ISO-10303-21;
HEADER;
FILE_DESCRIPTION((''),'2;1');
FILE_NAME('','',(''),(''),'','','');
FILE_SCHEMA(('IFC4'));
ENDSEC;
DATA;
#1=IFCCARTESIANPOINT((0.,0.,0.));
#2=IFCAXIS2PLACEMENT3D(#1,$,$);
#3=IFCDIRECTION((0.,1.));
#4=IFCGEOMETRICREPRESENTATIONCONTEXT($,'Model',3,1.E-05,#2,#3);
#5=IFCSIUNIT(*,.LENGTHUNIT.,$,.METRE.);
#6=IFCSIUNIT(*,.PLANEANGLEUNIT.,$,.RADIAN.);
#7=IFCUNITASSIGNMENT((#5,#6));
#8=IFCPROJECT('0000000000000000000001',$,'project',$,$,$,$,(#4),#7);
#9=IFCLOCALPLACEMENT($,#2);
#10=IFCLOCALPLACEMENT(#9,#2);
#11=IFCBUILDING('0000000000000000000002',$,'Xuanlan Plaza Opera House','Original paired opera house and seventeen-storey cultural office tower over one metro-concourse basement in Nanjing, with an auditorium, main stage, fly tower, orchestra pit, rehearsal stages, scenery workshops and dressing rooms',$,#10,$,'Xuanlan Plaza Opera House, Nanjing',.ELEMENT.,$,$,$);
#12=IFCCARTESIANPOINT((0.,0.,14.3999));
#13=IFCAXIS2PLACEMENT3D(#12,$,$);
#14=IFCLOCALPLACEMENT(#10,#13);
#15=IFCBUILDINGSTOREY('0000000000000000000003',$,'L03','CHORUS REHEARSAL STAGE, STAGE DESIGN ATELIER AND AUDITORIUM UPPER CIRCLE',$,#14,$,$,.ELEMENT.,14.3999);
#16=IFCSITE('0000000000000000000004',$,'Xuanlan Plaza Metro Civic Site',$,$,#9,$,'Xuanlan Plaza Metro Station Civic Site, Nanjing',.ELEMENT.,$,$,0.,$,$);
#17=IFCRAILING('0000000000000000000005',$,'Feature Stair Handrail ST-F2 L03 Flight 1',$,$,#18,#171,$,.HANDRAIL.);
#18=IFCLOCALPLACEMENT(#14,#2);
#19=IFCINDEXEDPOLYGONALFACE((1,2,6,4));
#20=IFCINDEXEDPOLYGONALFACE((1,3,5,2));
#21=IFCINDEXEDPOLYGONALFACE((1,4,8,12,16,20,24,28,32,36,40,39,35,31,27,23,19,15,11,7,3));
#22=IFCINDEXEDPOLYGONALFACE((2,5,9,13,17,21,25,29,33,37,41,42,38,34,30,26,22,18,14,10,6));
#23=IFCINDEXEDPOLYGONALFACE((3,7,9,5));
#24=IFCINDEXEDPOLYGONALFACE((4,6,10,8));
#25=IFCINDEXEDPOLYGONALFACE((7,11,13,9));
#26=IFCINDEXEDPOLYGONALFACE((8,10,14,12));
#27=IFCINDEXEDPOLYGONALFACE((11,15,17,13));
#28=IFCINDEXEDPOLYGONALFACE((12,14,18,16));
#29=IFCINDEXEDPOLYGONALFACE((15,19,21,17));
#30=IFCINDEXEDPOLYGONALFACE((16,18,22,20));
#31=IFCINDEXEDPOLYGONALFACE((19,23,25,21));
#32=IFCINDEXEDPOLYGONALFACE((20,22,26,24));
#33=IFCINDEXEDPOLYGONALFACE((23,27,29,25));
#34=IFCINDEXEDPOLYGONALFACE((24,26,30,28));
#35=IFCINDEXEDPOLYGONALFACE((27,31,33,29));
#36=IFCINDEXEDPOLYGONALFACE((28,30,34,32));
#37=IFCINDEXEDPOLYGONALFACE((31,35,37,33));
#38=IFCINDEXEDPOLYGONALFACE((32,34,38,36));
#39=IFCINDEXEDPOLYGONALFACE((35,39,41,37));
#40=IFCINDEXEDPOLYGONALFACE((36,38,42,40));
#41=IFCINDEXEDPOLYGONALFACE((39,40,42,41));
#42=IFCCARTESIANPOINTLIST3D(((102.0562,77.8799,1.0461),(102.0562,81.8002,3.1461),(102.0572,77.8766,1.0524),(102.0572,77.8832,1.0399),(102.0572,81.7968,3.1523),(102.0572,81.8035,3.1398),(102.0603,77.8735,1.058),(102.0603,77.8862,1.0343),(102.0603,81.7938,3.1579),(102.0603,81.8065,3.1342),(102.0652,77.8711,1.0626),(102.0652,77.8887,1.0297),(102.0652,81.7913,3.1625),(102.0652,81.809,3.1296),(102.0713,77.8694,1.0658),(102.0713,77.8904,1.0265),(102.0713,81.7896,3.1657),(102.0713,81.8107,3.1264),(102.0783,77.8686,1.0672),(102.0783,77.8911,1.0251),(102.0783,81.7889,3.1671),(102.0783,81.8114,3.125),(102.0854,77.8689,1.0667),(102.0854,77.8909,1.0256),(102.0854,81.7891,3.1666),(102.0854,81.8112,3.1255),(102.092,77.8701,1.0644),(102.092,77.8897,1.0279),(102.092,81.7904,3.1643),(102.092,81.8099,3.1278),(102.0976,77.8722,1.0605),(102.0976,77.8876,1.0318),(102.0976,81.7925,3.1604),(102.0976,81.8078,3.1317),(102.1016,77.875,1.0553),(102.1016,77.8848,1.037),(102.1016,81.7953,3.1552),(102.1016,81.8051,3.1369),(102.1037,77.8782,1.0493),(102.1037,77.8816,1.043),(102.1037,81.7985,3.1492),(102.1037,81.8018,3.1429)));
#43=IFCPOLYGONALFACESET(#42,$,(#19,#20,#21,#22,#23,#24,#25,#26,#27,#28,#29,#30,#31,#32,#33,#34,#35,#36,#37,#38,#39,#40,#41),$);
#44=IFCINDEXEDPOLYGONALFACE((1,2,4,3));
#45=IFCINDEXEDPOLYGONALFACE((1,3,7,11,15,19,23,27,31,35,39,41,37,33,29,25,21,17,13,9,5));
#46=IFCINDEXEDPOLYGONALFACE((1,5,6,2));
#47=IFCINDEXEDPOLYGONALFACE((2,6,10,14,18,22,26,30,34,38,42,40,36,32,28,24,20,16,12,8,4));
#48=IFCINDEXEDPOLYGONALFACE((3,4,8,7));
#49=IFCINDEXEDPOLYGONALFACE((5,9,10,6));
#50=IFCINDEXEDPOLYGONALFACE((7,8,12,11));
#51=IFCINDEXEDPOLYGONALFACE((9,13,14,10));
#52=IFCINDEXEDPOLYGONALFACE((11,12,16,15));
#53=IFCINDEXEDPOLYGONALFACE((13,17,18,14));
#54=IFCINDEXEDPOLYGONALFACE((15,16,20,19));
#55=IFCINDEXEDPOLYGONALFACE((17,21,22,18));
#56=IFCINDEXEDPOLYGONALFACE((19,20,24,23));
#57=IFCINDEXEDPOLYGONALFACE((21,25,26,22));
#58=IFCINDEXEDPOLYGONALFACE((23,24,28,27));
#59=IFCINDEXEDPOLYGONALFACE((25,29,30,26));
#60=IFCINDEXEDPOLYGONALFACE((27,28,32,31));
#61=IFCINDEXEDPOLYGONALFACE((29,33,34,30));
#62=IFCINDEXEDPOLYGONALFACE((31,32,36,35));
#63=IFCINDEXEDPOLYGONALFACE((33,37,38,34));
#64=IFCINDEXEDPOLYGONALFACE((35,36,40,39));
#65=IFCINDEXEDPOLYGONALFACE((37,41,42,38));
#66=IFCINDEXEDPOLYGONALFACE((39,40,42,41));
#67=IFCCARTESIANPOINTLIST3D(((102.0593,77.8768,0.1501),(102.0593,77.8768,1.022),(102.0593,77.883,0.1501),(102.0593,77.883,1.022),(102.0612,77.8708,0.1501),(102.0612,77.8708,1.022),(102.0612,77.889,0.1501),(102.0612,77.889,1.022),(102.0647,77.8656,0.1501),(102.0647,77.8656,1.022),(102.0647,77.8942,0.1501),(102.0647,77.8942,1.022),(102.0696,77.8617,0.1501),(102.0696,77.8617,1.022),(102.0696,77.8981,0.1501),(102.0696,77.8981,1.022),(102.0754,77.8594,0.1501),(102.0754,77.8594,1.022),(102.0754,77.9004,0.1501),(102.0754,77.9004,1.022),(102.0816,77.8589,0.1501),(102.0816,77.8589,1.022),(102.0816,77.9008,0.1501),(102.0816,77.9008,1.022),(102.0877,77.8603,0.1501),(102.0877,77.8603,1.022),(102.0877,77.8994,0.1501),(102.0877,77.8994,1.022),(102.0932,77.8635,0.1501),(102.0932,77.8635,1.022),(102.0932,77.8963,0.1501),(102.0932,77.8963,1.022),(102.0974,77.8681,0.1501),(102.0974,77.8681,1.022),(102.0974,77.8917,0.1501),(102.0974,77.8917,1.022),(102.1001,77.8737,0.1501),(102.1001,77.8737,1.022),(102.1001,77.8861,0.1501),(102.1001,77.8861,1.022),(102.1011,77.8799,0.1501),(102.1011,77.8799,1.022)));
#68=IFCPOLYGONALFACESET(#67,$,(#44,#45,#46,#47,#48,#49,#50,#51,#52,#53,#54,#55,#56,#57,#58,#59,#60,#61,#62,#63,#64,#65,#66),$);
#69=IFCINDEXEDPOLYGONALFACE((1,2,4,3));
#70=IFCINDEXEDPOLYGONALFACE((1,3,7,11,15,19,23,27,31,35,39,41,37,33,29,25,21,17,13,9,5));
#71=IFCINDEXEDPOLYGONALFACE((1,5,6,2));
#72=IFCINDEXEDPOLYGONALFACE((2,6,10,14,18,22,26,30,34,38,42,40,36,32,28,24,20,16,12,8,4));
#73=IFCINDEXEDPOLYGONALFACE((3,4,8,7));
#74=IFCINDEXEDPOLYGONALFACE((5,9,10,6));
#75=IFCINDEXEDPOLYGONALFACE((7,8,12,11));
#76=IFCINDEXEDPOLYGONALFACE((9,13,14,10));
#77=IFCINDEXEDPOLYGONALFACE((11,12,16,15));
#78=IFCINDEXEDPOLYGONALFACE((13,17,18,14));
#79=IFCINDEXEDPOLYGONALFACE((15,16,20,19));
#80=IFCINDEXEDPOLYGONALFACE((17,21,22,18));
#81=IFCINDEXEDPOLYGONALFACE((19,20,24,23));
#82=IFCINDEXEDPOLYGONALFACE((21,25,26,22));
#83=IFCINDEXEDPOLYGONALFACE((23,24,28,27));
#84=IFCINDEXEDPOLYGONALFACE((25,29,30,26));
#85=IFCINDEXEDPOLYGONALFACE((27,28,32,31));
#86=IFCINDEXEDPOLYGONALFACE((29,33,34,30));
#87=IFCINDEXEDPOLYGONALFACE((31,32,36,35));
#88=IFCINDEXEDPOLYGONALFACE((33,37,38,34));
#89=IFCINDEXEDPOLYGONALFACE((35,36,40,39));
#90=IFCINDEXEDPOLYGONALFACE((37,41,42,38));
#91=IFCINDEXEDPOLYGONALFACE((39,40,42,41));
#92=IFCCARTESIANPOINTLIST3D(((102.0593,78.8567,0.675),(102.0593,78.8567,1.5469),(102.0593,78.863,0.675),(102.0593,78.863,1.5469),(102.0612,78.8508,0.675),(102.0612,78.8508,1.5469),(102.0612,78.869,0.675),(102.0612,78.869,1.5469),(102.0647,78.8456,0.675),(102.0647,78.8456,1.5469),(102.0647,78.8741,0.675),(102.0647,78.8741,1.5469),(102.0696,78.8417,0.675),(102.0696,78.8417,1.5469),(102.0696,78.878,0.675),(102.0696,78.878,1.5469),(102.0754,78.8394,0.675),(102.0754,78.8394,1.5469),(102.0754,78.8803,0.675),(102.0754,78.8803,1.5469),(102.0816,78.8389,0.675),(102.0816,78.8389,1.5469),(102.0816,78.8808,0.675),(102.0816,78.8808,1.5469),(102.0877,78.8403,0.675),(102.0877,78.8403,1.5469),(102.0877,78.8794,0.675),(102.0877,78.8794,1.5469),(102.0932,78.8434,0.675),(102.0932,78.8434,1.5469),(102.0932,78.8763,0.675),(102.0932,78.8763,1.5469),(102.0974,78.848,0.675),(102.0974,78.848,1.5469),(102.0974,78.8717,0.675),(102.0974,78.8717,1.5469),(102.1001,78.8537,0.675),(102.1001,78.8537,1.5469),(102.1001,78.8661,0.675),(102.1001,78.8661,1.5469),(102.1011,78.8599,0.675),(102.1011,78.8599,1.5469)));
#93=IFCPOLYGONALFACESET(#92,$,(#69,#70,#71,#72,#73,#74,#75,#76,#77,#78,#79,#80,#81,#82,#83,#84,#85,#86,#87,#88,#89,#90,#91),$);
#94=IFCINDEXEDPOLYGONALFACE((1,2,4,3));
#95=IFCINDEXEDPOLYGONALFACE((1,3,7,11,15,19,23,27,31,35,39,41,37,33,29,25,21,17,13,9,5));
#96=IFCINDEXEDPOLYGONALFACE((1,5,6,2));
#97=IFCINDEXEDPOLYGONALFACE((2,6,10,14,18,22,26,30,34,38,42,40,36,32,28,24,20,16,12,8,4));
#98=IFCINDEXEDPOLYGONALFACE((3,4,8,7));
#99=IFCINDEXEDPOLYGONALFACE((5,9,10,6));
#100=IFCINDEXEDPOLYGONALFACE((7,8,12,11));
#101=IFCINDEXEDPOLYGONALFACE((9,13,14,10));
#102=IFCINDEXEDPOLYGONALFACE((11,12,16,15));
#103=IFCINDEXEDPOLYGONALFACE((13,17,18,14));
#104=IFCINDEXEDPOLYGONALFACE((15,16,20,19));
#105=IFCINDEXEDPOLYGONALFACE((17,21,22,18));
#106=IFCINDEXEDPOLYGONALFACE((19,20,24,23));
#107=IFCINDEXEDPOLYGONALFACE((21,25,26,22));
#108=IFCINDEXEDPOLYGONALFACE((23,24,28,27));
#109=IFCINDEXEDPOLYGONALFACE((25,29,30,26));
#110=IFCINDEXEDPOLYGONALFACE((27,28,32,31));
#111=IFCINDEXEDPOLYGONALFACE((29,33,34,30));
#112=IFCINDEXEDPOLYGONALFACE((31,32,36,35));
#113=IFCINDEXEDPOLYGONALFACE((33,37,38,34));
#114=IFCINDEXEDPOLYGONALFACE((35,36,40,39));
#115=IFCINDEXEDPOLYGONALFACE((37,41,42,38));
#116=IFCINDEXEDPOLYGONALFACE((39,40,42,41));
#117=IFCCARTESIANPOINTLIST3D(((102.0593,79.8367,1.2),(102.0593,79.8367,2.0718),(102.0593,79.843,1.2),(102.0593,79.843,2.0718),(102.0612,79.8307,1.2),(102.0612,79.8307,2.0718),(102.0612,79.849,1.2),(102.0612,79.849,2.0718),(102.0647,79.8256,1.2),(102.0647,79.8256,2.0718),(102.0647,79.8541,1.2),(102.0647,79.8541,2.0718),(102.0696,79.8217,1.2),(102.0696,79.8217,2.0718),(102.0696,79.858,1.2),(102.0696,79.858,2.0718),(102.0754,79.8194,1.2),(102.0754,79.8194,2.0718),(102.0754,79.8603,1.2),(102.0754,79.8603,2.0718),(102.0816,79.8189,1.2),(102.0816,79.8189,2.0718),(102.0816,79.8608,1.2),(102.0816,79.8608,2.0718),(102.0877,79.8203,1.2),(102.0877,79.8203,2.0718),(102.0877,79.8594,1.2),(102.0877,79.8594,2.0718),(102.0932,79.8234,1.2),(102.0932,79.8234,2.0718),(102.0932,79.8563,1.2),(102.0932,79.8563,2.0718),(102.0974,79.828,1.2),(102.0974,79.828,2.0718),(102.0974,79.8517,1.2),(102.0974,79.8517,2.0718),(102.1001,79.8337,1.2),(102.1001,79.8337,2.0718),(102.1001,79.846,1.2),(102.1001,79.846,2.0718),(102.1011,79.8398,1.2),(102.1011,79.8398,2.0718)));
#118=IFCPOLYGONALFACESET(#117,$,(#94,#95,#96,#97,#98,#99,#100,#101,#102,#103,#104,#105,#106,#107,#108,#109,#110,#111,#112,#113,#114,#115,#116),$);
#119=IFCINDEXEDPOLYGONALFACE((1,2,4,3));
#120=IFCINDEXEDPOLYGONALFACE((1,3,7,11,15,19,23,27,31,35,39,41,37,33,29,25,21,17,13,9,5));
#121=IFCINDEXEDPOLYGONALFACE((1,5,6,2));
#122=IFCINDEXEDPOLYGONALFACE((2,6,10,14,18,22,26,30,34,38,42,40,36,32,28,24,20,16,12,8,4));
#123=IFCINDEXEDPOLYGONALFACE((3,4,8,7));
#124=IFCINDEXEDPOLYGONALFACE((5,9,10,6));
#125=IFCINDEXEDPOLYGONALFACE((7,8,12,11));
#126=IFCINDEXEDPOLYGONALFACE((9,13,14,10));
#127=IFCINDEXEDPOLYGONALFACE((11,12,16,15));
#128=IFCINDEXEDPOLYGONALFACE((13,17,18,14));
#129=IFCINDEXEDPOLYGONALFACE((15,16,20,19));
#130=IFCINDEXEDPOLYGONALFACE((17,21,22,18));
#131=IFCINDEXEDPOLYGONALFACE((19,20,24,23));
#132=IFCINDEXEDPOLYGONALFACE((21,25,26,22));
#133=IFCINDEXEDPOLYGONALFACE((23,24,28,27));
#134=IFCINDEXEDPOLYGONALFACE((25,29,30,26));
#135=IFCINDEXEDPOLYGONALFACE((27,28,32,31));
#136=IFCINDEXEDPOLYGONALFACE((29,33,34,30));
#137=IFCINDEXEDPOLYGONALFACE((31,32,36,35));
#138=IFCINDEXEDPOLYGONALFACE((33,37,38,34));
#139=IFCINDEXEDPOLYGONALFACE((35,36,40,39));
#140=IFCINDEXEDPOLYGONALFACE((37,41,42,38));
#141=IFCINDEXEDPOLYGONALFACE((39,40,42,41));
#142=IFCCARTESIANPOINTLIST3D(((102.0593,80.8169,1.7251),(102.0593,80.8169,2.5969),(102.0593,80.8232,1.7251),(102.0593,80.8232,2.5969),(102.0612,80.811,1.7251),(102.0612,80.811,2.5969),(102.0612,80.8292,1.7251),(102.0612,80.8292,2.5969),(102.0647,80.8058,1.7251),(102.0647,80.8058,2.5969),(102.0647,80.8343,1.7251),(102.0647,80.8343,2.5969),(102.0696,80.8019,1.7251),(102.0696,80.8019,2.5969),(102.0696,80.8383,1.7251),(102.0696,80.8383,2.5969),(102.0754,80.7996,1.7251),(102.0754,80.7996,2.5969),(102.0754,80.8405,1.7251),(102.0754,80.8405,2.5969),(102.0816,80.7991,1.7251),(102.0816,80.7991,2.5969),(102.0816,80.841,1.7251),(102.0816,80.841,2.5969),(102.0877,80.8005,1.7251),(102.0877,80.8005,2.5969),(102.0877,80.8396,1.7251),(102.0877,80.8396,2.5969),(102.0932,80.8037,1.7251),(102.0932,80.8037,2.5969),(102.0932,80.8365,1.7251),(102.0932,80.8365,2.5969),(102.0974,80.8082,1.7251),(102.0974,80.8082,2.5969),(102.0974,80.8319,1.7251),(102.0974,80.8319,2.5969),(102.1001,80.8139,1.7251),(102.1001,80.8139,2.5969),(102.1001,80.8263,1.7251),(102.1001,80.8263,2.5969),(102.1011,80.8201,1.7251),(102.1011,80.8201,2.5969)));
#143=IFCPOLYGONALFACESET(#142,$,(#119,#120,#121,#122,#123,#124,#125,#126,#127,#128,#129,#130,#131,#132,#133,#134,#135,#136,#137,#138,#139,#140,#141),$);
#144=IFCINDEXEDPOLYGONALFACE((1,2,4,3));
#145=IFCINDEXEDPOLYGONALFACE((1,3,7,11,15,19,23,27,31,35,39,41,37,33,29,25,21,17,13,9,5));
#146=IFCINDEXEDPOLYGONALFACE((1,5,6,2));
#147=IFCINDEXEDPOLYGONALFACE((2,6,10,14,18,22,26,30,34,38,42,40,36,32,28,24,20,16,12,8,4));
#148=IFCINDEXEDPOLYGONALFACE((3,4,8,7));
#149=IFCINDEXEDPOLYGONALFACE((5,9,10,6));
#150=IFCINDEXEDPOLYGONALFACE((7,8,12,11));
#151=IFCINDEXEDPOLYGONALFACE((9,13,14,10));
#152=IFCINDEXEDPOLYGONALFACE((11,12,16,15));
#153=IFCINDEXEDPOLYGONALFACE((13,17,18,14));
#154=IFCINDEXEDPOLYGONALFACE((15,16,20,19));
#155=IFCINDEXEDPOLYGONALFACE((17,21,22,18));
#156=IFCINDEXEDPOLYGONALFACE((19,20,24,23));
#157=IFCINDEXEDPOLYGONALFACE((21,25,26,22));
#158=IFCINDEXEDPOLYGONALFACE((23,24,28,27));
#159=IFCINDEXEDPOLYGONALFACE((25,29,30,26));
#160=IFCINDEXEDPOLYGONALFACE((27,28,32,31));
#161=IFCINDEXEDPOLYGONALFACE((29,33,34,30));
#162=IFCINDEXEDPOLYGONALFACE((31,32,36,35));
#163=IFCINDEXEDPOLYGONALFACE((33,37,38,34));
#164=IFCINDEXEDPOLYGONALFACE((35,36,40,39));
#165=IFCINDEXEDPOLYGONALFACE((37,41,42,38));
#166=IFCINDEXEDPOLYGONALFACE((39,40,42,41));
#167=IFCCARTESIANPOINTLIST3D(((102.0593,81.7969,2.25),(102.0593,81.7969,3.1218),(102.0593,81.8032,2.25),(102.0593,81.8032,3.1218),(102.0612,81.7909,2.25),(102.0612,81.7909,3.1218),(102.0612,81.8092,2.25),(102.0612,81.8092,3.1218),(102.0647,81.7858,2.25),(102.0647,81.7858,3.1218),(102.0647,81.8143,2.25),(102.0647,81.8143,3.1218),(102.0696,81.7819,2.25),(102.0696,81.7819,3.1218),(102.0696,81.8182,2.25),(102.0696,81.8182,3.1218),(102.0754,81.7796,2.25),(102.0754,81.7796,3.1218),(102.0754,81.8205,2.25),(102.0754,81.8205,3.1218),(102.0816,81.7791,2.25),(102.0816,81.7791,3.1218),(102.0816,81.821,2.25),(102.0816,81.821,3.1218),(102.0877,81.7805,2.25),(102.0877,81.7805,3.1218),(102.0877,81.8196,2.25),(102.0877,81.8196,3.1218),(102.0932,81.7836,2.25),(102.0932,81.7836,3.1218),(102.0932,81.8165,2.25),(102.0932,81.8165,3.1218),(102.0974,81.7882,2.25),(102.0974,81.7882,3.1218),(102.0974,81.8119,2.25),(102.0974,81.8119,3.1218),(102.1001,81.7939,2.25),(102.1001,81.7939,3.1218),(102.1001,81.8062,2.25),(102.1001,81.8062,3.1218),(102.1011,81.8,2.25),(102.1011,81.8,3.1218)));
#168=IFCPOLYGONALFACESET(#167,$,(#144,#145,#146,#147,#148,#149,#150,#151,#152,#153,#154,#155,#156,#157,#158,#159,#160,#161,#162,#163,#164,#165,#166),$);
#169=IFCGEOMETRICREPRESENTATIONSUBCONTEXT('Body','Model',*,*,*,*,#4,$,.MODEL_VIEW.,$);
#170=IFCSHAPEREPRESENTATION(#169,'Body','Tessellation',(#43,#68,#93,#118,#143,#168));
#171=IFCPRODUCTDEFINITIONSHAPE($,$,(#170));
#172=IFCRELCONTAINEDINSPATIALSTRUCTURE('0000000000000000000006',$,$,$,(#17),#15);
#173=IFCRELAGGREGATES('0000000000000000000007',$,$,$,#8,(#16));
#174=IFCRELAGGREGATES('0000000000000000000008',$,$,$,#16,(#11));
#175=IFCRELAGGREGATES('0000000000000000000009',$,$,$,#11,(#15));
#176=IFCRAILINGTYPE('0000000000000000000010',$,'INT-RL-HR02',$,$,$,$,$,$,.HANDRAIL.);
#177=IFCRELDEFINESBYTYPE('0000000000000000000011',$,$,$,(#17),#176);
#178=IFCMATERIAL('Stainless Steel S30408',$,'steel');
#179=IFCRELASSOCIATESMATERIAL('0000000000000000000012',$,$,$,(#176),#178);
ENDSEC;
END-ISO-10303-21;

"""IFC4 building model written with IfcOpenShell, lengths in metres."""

from ifc_helpers import new_model, si_unit, direction, frame, origin, origin_2d, place, context, subcontext, project, spatial, circle, extrude, material, type_object, element, save


model = new_model("IFC4")

# Units and contexts
model_context = context("Model", 3, precision=1e-05, world=origin(), true_north=direction((0.0, 1.0)))
body_context = subcontext(model_context, "Body", "Model", "MODEL_VIEW")
ifc_project = project(units=[si_unit("LENGTHUNIT", "METRE"), si_unit("PLANEANGLEUNIT", "RADIAN")], contexts=[model_context])

# Site, building, storey
site_placement = place(None, origin())
site = spatial("IfcSite", under=ifc_project, at=site_placement, Name="Xuanlan Plaza Metro Civic Site", LongName="Xuanlan Plaza Metro Station Civic Site, Nanjing", CompositionType="ELEMENT", RefElevation=0.0)
building_placement = place(site_placement, origin())
building = spatial("IfcBuilding", under=site, at=building_placement, Name="Xuanlan Plaza Opera House", Description="Original paired opera house and seventeen-storey cultural office tower over one metro-concourse basement in Nanjing, with an auditorium, main stage, fly tower, orchestra pit, rehearsal stages, scenery workshops and dressing rooms", LongName="Xuanlan Plaza Opera House, Nanjing", CompositionType="ELEMENT")
storey_placement = place(building_placement, frame((0.0, 0.0, 14.3999)))
storey = spatial("IfcBuildingStorey", under=building, at=storey_placement, Name="L03", Description="CHORUS REHEARSAL STAGE, STAGE DESIGN ATELIER AND AUDITORIUM UPPER CIRCLE", CompositionType="ELEMENT", Elevation=14.3999)

# Railing
ifc_material_1 = material(Name="Stainless Steel S30408", Category="steel")
railing_type = type_object("IfcRailingType", Name="INT-RL-HR02", PredefinedType="HANDRAIL", material=ifc_material_1)
railing_placement = place(storey_placement, frame((102.0801, 77.8799, 0.1501)))
element("IfcRailing", 1, at=railing_placement, inside=storey, type_object=railing_type, Name="Feature Stair Handrail ST-F2 L03 Flight 1", PredefinedType="HANDRAIL", context=body_context, shape_type="SweptSolid", body=[
    extrude(circle(Radius=0.0239, at=origin_2d()), frame((0.0, 0.0, 0.896), z_axis=(0.0, 0.881502, 0.47218), x_axis=(-1.0, 0.0, 0.0)), (0.0, 0.0, 1.0), 4.4473),
    extrude(circle(Radius=0.021, at=origin_2d()), origin(), (0.0, 0.0, 1.0), 0.8718),
    extrude(circle(Radius=0.021, at=origin_2d()), frame((0.0, 0.98, 0.5249)), (0.0, 0.0, 1.0), 0.8718),
    extrude(circle(Radius=0.021, at=origin_2d()), frame((0.0, 1.96, 1.0498)), (0.0, 0.0, 1.0), 0.8718),
    extrude(circle(Radius=0.021, at=origin_2d()), frame((0.0, 2.9402, 1.575)), (0.0, 0.0, 1.0), 0.8718),
    extrude(circle(Radius=0.021, at=origin_2d()), frame((0.0, 3.9202, 2.0999)), (0.0, 0.0, 1.0), 0.8718),
])

save(model, "model.ifc")
